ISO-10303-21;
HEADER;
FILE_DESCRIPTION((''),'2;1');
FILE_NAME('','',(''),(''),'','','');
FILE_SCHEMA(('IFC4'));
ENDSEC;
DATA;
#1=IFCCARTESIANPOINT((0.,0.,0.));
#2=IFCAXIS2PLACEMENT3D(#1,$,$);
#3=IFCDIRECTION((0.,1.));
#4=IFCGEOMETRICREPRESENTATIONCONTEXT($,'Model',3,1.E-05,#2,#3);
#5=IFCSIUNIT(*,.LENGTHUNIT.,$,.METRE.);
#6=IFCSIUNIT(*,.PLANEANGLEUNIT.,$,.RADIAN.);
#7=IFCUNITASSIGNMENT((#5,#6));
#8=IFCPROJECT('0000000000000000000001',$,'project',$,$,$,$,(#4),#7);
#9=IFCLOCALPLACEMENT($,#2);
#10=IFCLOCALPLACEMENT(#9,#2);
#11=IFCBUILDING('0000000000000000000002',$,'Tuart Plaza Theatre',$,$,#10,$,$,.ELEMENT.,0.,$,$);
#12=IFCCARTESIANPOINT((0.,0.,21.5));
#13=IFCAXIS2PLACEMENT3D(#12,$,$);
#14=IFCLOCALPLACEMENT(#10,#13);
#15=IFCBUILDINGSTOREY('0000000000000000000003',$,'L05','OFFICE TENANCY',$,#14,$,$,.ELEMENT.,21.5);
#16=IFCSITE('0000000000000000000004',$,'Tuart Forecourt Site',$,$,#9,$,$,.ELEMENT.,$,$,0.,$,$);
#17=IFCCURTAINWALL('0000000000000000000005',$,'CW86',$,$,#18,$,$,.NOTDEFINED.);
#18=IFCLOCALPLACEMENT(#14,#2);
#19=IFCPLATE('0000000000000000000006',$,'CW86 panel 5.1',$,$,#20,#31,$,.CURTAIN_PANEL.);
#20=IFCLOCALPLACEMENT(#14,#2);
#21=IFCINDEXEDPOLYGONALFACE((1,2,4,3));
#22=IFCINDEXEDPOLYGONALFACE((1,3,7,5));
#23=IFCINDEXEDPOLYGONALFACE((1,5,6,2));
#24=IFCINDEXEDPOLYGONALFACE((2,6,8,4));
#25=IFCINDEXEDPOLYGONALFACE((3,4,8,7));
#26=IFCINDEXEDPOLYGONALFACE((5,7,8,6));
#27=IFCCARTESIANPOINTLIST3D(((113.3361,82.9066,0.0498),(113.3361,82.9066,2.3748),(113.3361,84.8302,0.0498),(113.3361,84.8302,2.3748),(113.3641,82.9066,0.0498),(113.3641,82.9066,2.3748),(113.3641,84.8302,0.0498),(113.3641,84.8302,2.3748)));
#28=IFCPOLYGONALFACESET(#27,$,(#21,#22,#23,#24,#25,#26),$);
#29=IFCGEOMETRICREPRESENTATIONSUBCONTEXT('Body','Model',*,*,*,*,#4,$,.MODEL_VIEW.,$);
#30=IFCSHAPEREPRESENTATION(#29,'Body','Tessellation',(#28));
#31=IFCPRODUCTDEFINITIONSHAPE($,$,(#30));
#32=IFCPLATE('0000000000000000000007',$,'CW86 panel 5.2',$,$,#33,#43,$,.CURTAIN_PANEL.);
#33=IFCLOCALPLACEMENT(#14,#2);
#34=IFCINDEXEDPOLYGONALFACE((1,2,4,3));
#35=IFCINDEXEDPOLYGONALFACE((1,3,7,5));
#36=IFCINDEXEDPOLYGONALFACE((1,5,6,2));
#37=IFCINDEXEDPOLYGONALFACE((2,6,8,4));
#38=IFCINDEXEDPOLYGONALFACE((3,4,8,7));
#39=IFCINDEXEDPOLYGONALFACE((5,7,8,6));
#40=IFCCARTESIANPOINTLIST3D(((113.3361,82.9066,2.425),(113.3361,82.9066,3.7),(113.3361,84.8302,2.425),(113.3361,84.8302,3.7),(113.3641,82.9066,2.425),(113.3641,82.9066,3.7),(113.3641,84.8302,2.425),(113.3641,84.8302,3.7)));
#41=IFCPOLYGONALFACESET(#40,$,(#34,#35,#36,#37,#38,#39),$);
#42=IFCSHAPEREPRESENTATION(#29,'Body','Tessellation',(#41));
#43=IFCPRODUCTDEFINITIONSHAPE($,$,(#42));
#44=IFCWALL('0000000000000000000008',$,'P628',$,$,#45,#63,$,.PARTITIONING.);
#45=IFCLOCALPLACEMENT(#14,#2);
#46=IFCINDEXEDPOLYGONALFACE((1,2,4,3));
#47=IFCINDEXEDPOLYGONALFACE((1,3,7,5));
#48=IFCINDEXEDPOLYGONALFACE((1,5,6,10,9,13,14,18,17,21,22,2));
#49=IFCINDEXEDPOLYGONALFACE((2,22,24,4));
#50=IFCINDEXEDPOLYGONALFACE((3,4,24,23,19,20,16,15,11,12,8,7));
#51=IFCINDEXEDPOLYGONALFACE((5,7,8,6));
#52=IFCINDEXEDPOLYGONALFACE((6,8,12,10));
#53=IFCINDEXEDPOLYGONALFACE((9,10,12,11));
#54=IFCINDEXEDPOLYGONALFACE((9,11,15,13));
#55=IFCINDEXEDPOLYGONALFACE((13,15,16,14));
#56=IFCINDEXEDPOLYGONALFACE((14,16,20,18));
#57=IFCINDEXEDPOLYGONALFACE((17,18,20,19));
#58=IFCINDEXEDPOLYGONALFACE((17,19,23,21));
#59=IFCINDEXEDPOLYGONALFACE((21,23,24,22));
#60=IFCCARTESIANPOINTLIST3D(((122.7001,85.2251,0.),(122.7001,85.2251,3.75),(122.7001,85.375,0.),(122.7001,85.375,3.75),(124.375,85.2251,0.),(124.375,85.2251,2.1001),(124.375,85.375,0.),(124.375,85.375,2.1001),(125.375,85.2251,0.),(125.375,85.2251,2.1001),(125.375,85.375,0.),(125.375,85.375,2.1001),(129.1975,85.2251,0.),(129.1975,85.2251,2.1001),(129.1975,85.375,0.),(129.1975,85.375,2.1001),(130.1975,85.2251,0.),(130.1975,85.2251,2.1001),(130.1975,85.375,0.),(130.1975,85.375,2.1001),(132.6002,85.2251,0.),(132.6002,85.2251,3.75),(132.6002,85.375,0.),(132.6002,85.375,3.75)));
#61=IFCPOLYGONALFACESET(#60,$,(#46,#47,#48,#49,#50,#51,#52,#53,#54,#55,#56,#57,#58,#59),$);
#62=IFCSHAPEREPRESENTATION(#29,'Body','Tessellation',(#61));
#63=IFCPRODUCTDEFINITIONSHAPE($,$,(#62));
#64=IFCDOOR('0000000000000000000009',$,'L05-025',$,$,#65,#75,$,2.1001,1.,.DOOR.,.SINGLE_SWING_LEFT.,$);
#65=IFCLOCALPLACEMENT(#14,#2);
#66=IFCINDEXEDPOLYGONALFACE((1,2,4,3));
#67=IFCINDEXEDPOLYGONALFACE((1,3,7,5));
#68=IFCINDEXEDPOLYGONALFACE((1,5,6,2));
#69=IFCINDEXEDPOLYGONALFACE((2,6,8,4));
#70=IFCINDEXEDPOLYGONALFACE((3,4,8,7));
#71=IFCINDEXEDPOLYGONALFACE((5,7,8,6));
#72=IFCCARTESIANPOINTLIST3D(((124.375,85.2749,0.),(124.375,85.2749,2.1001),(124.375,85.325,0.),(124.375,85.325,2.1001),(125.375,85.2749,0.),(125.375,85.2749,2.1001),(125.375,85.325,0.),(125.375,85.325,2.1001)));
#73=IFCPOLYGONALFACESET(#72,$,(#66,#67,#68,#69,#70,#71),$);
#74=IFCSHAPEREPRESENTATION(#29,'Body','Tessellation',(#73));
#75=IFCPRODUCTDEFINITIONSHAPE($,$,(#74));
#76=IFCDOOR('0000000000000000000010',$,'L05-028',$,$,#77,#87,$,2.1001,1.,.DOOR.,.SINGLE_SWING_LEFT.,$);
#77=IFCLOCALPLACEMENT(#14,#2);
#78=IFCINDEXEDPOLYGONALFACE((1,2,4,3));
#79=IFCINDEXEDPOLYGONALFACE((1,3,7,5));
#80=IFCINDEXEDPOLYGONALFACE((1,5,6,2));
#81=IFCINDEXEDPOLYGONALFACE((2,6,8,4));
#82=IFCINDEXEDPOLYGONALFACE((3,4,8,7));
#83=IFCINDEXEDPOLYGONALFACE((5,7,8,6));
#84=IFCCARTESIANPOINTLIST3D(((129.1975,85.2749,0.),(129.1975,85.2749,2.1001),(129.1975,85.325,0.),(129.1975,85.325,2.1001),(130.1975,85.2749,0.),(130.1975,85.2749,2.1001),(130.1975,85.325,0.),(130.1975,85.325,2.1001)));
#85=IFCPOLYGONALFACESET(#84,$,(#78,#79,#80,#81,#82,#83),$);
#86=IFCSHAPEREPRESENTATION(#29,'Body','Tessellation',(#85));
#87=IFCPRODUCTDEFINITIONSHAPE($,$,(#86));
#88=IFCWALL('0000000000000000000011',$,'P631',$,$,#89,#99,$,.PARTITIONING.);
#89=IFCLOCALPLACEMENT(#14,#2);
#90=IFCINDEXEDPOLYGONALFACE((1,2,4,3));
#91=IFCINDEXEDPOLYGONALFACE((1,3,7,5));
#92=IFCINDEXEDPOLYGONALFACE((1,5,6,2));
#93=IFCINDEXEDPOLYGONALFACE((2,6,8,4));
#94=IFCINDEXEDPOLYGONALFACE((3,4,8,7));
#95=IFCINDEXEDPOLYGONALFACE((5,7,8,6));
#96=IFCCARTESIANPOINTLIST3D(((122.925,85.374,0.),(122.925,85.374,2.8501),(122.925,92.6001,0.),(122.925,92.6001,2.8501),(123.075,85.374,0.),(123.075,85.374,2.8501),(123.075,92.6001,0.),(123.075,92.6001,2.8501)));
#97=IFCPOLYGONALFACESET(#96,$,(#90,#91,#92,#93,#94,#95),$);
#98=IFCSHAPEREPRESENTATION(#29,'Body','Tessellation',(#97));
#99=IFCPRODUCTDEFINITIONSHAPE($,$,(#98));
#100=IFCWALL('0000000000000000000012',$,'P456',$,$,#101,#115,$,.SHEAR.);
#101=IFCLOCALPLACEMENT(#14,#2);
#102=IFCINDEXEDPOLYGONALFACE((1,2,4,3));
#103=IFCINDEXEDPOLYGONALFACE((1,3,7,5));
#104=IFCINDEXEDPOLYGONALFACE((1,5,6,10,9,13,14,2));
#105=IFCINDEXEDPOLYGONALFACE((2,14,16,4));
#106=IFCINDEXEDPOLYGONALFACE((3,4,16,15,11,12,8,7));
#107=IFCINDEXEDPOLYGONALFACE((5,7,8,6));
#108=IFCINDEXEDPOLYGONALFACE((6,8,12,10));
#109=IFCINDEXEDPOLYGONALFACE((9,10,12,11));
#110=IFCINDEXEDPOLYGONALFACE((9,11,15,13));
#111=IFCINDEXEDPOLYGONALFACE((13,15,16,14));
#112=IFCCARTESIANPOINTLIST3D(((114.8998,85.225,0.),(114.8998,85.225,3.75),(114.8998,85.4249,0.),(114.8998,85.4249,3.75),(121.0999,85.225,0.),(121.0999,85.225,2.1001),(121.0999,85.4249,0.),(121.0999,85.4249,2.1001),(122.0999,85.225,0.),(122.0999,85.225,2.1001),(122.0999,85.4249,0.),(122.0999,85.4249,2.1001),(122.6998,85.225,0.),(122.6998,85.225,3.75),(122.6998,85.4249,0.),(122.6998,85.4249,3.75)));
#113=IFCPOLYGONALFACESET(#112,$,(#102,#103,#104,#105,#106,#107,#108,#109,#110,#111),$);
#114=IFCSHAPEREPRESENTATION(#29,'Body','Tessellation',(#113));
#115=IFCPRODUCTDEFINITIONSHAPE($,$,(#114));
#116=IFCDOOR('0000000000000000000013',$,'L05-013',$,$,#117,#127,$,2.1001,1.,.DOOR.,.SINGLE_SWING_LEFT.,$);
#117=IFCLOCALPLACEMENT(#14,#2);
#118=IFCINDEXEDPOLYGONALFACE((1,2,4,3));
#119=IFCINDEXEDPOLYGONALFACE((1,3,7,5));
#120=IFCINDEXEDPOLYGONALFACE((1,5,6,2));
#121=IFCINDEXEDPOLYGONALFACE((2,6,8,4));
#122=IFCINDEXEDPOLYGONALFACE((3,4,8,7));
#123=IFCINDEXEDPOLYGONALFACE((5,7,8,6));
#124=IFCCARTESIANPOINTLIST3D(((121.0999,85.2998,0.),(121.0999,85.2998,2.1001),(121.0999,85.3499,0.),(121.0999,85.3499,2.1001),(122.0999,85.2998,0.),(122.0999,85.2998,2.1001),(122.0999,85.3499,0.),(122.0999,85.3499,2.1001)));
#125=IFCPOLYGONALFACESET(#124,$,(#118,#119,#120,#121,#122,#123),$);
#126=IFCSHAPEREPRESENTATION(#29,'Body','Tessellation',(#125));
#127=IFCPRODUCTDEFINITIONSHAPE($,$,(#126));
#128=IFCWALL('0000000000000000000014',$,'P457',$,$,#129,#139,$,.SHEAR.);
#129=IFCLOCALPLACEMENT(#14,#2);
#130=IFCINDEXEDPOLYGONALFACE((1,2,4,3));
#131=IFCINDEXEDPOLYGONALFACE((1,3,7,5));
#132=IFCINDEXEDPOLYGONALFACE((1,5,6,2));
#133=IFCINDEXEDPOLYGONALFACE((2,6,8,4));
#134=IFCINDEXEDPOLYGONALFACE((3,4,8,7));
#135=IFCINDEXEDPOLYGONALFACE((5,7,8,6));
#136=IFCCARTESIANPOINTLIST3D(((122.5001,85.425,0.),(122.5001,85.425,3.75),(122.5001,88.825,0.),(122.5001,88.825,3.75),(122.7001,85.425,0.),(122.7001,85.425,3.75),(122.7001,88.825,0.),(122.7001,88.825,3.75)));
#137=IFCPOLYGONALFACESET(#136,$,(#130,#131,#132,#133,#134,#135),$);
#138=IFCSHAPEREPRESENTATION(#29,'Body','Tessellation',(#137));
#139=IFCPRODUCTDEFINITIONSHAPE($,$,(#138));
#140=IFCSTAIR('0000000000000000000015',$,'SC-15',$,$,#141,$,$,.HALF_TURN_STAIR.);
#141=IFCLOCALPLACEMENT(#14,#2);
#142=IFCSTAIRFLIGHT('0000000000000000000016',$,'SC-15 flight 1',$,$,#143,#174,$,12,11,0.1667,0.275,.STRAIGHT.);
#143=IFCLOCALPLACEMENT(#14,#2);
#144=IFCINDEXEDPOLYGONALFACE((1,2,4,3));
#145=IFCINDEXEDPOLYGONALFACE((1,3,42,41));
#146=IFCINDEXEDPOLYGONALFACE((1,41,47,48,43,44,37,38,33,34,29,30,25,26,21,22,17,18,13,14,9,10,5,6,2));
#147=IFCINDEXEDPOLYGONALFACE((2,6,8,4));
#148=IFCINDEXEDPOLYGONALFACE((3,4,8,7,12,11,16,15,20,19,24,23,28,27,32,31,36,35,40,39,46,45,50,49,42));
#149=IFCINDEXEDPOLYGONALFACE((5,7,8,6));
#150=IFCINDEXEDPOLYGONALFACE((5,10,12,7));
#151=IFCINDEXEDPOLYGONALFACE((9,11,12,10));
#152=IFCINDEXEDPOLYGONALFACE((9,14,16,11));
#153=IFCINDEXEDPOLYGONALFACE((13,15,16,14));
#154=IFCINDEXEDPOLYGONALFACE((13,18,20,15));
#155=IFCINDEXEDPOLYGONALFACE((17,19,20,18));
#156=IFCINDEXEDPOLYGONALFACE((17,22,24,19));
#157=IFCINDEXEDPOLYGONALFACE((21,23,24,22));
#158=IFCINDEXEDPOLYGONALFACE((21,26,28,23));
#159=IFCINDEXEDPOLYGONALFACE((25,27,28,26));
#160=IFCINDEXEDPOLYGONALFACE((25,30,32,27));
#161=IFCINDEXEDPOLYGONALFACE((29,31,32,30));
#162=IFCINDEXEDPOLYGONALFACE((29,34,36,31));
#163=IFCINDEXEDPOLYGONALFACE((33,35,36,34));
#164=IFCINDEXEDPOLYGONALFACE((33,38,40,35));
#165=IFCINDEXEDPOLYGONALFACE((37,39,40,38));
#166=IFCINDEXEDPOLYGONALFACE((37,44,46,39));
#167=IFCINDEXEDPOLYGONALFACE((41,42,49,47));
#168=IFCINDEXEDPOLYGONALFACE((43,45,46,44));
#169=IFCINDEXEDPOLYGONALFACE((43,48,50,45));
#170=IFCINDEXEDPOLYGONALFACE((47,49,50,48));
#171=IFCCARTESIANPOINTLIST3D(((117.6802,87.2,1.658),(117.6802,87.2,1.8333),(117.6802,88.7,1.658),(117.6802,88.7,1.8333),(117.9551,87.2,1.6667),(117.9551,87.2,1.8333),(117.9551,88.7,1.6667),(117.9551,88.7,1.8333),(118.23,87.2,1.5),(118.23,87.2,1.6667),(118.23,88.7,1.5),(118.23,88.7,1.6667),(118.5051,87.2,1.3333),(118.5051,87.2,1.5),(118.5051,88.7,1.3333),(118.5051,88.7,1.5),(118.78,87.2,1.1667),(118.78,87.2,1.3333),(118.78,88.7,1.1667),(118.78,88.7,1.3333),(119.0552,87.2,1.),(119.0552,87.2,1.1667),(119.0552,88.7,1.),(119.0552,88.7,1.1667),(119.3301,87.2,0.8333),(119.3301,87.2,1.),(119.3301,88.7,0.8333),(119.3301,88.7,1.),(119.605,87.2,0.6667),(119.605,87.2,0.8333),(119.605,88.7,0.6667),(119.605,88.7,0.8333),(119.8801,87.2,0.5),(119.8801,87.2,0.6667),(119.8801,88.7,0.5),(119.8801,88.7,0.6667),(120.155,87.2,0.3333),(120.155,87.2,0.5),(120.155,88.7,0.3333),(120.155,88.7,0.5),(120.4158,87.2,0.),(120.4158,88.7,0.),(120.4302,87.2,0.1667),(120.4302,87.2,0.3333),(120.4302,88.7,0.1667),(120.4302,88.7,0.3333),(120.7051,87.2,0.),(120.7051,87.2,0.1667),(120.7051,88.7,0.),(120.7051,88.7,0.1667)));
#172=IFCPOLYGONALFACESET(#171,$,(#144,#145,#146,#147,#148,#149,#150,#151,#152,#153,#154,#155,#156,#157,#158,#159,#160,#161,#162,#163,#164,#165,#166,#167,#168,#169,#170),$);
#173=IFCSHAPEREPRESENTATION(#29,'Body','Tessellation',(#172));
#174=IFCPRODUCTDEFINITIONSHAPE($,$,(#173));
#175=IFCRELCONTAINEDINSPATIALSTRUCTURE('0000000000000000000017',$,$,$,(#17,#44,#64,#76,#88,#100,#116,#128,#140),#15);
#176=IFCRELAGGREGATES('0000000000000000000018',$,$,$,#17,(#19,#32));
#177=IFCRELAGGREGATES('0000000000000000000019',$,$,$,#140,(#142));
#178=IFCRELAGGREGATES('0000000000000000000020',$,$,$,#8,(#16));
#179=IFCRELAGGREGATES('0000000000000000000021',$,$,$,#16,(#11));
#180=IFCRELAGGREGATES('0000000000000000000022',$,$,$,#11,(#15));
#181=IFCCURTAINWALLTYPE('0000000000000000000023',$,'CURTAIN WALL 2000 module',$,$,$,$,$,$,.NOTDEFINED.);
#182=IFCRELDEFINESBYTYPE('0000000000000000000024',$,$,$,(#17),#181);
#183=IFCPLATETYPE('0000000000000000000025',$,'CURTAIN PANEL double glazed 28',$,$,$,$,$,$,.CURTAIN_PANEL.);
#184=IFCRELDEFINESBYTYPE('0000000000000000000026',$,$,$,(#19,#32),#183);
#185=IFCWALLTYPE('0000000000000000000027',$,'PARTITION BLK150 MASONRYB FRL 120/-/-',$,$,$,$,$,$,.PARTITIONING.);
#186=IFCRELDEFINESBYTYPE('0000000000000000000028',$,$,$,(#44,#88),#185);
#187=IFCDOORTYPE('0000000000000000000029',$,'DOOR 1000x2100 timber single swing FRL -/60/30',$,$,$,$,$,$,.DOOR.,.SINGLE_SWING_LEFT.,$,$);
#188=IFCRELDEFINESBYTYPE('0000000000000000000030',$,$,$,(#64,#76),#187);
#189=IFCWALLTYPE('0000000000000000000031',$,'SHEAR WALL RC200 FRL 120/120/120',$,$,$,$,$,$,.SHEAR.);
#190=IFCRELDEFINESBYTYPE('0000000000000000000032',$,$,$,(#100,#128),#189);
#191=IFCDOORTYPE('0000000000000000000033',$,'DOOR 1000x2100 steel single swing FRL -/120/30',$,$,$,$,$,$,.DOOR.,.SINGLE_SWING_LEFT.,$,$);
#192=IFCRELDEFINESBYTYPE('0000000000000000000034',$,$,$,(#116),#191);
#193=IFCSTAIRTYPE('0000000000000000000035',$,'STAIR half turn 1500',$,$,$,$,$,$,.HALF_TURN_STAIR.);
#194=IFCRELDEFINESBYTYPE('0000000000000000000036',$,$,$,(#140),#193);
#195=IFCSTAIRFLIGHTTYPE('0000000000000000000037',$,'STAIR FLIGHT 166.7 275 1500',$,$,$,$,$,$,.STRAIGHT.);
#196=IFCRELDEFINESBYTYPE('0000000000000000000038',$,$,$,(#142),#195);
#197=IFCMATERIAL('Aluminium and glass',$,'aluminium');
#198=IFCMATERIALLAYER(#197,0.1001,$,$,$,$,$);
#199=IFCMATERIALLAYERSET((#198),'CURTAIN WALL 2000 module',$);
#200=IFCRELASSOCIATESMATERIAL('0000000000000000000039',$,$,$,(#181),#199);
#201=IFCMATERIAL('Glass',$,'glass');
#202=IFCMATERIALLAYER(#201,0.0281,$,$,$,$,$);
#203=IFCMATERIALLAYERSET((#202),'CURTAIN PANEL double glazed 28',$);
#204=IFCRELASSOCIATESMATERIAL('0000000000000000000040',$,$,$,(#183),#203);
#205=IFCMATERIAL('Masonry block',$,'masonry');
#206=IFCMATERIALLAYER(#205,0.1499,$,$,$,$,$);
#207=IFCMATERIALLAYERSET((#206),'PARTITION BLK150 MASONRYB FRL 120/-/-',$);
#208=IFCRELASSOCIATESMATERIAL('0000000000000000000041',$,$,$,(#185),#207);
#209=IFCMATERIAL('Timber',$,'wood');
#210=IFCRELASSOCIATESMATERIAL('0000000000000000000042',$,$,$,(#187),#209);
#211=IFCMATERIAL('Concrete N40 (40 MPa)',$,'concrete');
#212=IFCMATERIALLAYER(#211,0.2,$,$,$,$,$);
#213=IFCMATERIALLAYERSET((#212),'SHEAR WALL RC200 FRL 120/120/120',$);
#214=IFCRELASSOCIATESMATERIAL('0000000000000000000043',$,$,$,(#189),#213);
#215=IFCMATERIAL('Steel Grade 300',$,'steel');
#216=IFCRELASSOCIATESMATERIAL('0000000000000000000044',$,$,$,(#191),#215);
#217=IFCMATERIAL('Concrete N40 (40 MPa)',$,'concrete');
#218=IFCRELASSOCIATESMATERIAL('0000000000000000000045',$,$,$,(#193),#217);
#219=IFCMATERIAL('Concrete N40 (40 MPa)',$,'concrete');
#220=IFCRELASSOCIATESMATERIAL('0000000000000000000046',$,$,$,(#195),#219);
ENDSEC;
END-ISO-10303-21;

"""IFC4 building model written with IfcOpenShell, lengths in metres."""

from ifc_helpers import new_model, si_unit, direction, frame, frame_2d, origin, origin_2d, place, context, subcontext, project, spatial, polyline, rectangle, outline, extrude, material, layer, layer_set, type_object, element, fill, aggregate, save


model = new_model("IFC4")

# Units and contexts
model_context = context("Model", 3, precision=1e-05, world=origin(), true_north=direction((0.0, 1.0)))
body_context = subcontext(model_context, "Body", "Model", "MODEL_VIEW")
ifc_project = project(units=[si_unit("LENGTHUNIT", "METRE"), si_unit("PLANEANGLEUNIT", "RADIAN")], contexts=[model_context])

# Site, building, storey
site_placement = place(None, origin())
site = spatial("IfcSite", under=ifc_project, at=site_placement, Name="Tuart Forecourt Site", CompositionType="ELEMENT", RefElevation=0.0)
building_placement = place(site_placement, origin())
building = spatial("IfcBuilding", under=site, at=building_placement, Name="Tuart Plaza Theatre", CompositionType="ELEMENT", ElevationOfRefHeight=0.0)
storey_placement = place(building_placement, frame((0.0, 0.0, 21.5)))
storey = spatial("IfcBuildingStorey", under=building, at=storey_placement, Name="L05", Description="OFFICE TENANCY", CompositionType="ELEMENT", Elevation=21.5)

# Curtain wall, plates
ifc_material_1 = material(Name="Aluminium and glass", Category="aluminium")
ifc_layer_1 = layer(ifc_material_1, 0.1001)
ifc_layer_set_1 = layer_set([ifc_layer_1], Name="CURTAIN WALL 2000 module")
curtain_wall_type = type_object("IfcCurtainWallType", Name="CURTAIN WALL 2000 module", PredefinedType="NOTDEFINED", material=ifc_layer_set_1)
curtain_wall_placement = place(storey_placement, origin())
curtain_wall = element("IfcCurtainWall", 1, at=curtain_wall_placement, inside=storey, type_object=curtain_wall_type, Name="CW86", PredefinedType="NOTDEFINED")
ifc_material_2 = material(Name="Glass", Category="glass")
ifc_layer_2 = layer(ifc_material_2, 0.0281)
ifc_layer_set_2 = layer_set([ifc_layer_2], Name="CURTAIN PANEL double glazed 28")
plate_type = type_object("IfcPlateType", Name="CURTAIN PANEL double glazed 28", PredefinedType="CURTAIN_PANEL", material=ifc_layer_set_2)
plate_1_placement = place(storey_placement, frame((113.3501, 83.8684, 0.0498), z_axis=(0.0, 0.0, 1.0), x_axis=(0.0, -1.0, 0.0)))
plate_1 = element("IfcPlate", 2, at=plate_1_placement, type_object=plate_type, Name="CW86 panel 5.1", PredefinedType="CURTAIN_PANEL", context=body_context, shape_type="SweptSolid", body=[
    extrude(rectangle(XDim=1.9236, YDim=0.0281, at=origin_2d()), origin(), (0.0, 0.0, 1.0), 2.325),
])
plate_2_placement = place(storey_placement, frame((113.3501, 83.8684, 2.425), z_axis=(0.0, 0.0, 1.0), x_axis=(0.0, -1.0, 0.0)))
plate_2 = element("IfcPlate", 3, at=plate_2_placement, type_object=plate_type, Name="CW86 panel 5.2", PredefinedType="CURTAIN_PANEL", context=body_context, shape_type="SweptSolid", body=[
    extrude(rectangle(XDim=1.9236, YDim=0.0281, at=origin_2d()), origin(), (0.0, 0.0, 1.0), 1.2749),
])
aggregate(curtain_wall, [plate_1, plate_2])

# Wall, openings, doors
ifc_material_3 = material(Name="Masonry block", Category="masonry")
ifc_layer_3 = layer(ifc_material_3, 0.1499)
ifc_layer_set_3 = layer_set([ifc_layer_3], Name="PARTITION BLK150 MASONRYB FRL 120/-/-")
wall_type_1 = type_object("IfcWallType", Name="PARTITION BLK150 MASONRYB FRL 120/-/-", PredefinedType="PARTITIONING", material=ifc_layer_set_3)
wall_1_placement = place(storey_placement, frame((122.7, 85.3, 0.0), z_axis=(0.0, 0.0, 1.0), x_axis=(1.0, 0.0, 0.0)))
wall_1 = element("IfcWall", 4, at=wall_1_placement, inside=storey, type_object=wall_type_1, Name="P628", PredefinedType="PARTITIONING", context=body_context, shape_type="SweptSolid", body=[
    extrude(rectangle(XDim=9.9001, YDim=0.1499, at=frame_2d((4.9502, 0.0))), origin(), (0.0, 0.0, 1.0), 3.75),
])
opening_1_placement = place(wall_1_placement, frame((1.675, 0.0, 0.0)))
opening_1 = element("IfcOpeningElement", 5, at=opening_1_placement, cuts=wall_1, PredefinedType="OPENING", context=body_context, shape_type="SweptSolid", body=[
    extrude(rectangle(XDim=1.0, YDim=2.1001, at=frame_2d((0.5, 1.05))), frame((0.0, 0.085, 0.0), z_axis=(0.0, -1.0, 0.0), x_axis=(1.0, 0.0, 0.0)), (0.0, 0.0, 1.0), 0.1699),
])
opening_2_placement = place(wall_1_placement, frame((6.4976, 0.0, 0.0)))
opening_2 = element("IfcOpeningElement", 6, at=opening_2_placement, cuts=wall_1, PredefinedType="OPENING", context=body_context, shape_type="SweptSolid", body=[
    extrude(rectangle(XDim=1.0, YDim=2.1001, at=frame_2d((0.5, 1.05))), frame((0.0, 0.085, 0.0), z_axis=(0.0, -1.0, 0.0), x_axis=(1.0, 0.0, 0.0)), (0.0, 0.0, 1.0), 0.1699),
])
ifc_material_4 = material(Name="Timber", Category="wood")
door_type_1 = type_object("IfcDoorType", Name="DOOR 1000x2100 timber single swing FRL -/60/30", OperationType="SINGLE_SWING_LEFT", PredefinedType="DOOR", material=ifc_material_4)
door_1_placement = place(opening_1_placement, origin())
door_1 = element("IfcDoor", 7, at=door_1_placement, inside=storey, type_object=door_type_1, Name="L05-025", OperationType="SINGLE_SWING_LEFT", OverallHeight=2.1001, OverallWidth=1.0, PredefinedType="DOOR", context=body_context, shape_type="SweptSolid", body=[
    extrude(rectangle(XDim=1.0, YDim=2.1001, at=frame_2d((0.5, 1.05))), frame((0.0, 0.0249, 0.0), z_axis=(0.0, -1.0, 0.0), x_axis=(1.0, 0.0, 0.0)), (0.0, 0.0, 1.0), 0.05),
])
fill(opening_1, door_1)
door_2_placement = place(opening_2_placement, origin())
door_2 = element("IfcDoor", 8, at=door_2_placement, inside=storey, type_object=door_type_1, Name="L05-028", OperationType="SINGLE_SWING_LEFT", OverallHeight=2.1001, OverallWidth=1.0, PredefinedType="DOOR", context=body_context, shape_type="SweptSolid", body=[
    extrude(rectangle(XDim=1.0, YDim=2.1001, at=frame_2d((0.5, 1.05))), frame((0.0, 0.0249, 0.0), z_axis=(0.0, -1.0, 0.0), x_axis=(1.0, 0.0, 0.0)), (0.0, 0.0, 1.0), 0.05),
])
fill(opening_2, door_2)

# Wall
wall_2_placement = place(storey_placement, frame((123.0, 85.374, 0.0), z_axis=(0.0, 0.0, 1.0), x_axis=(0.0, 1.0, 0.0)))
element("IfcWall", 9, at=wall_2_placement, inside=storey, type_object=wall_type_1, Name="P631", PredefinedType="PARTITIONING", context=body_context, shape_type="SweptSolid", body=[
    extrude(rectangle(XDim=7.2261, YDim=0.1499, at=frame_2d((3.613, 0.0))), origin(), (0.0, 0.0, 1.0), 2.8501),
])

# Wall, opening, door
ifc_material_5 = material(Name="Concrete N40 (40 MPa)", Category="concrete")
ifc_layer_4 = layer(ifc_material_5, 0.2)
ifc_layer_set_4 = layer_set([ifc_layer_4], Name="SHEAR WALL RC200 FRL 120/120/120")
wall_type_2 = type_object("IfcWallType", Name="SHEAR WALL RC200 FRL 120/120/120", PredefinedType="SHEAR", material=ifc_layer_set_4)
wall_3_placement = place(storey_placement, frame((114.8999, 85.325, 0.0), z_axis=(0.0, 0.0, 1.0), x_axis=(1.0, 0.0, 0.0)))
wall_3 = element("IfcWall", 10, at=wall_3_placement, inside=storey, type_object=wall_type_2, Name="P456", PredefinedType="SHEAR", context=body_context, shape_type="SweptSolid", body=[
    extrude(rectangle(XDim=7.8, YDim=0.2, at=frame_2d((3.8999, 0.0))), origin(), (0.0, 0.0, 1.0), 3.75),
])
opening_3_placement = place(wall_3_placement, frame((6.2, 0.0, 0.0)))
opening_3 = element("IfcOpeningElement", 11, at=opening_3_placement, cuts=wall_3, PredefinedType="OPENING", context=body_context, shape_type="SweptSolid", body=[
    extrude(rectangle(XDim=1.0, YDim=2.1001, at=frame_2d((0.5, 1.05))), frame((0.0, 0.1099, 0.0), z_axis=(0.0, -1.0, 0.0), x_axis=(1.0, 0.0, 0.0)), (0.0, 0.0, 1.0), 0.22),
])
ifc_material_6 = material(Name="Steel Grade 300", Category="steel")
door_type_2 = type_object("IfcDoorType", Name="DOOR 1000x2100 steel single swing FRL -/120/30", OperationType="SINGLE_SWING_LEFT", PredefinedType="DOOR", material=ifc_material_6)
door_3_placement = place(opening_3_placement, origin())
door_3 = element("IfcDoor", 12, at=door_3_placement, inside=storey, type_object=door_type_2, Name="L05-013", OperationType="SINGLE_SWING_LEFT", OverallHeight=2.1001, OverallWidth=1.0, PredefinedType="DOOR", context=body_context, shape_type="SweptSolid", body=[
    extrude(rectangle(XDim=1.0, YDim=2.1001, at=frame_2d((0.5, 1.05))), frame((0.0, 0.0249, 0.0), z_axis=(0.0, -1.0, 0.0), x_axis=(1.0, 0.0, 0.0)), (0.0, 0.0, 1.0), 0.05),
])
fill(opening_3, door_3)

# Wall
wall_4_placement = place(storey_placement, frame((122.6001, 85.425, 0.0), z_axis=(0.0, 0.0, 1.0), x_axis=(0.0, 1.0, 0.0)))
element("IfcWall", 13, at=wall_4_placement, inside=storey, type_object=wall_type_2, Name="P457", PredefinedType="SHEAR", context=body_context, shape_type="SweptSolid", body=[
    extrude(rectangle(XDim=3.3999, YDim=0.2, at=frame_2d((1.7, 0.0))), origin(), (0.0, 0.0, 1.0), 3.75),
])

# Stair, stair flight
ifc_material_7 = material(Name="Concrete N40 (40 MPa)", Category="concrete")
stair_type = type_object("IfcStairType", Name="STAIR half turn 1500", PredefinedType="HALF_TURN_STAIR", material=ifc_material_7)
stair_placement = place(storey_placement, origin())
stair = element("IfcStair", 14, at=stair_placement, inside=storey, type_object=stair_type, Name="SC-15", PredefinedType="HALF_TURN_STAIR")
ifc_material_8 = material(Name="Concrete N40 (40 MPa)", Category="concrete")
stair_flight_type = type_object("IfcStairFlightType", Name="STAIR FLIGHT 166.7 275 1500", PredefinedType="STRAIGHT", material=ifc_material_8)
stair_flight_1_placement = place(storey_placement, frame((120.7051, 87.95, 0.0), z_axis=(0.0, 0.0, 1.0), x_axis=(-1.0, 0.0, 0.0)))
stair_flight_1 = element("IfcStairFlight", 15, at=stair_flight_1_placement, type_object=stair_flight_type, Name="SC-15 flight 1", NumberOfRisers=12, NumberOfTreads=11, PredefinedType="STRAIGHT", RiserHeight=0.1667, TreadLength=0.275, context=body_context, shape_type="SweptSolid", body=[
    extrude(outline(polyline([(0.0, 0.0), (0.0, 0.1667), (0.2749, 0.1667), (0.2749, 0.3333), (0.55, 0.3333), (0.55, 0.5), (0.825, 0.5), (0.825, 0.6667), (1.1001, 0.6667), (1.1001, 0.8333), (1.375, 0.8333), (1.375, 1.0), (1.6499, 1.0), (1.6499, 1.1667), (1.925, 1.1667), (1.925, 1.3333), (2.2, 1.3333), (2.2, 1.5), (2.4751, 1.5), (2.4751, 1.6667), (2.75, 1.6667), (2.75, 1.8333), (3.0249, 1.8333), (3.0249, 2.0), (3.0249, 1.658), (0.2893, 0.0), (0.0, 0.0)])), frame((0.0, 0.75, 0.0), z_axis=(0.0, -1.0, 0.0), x_axis=(1.0, 0.0, 0.0)), (0.0, 0.0, 1.0), 1.5),
])
aggregate(stair, [stair_flight_1])

save(model, "model.ifc")
